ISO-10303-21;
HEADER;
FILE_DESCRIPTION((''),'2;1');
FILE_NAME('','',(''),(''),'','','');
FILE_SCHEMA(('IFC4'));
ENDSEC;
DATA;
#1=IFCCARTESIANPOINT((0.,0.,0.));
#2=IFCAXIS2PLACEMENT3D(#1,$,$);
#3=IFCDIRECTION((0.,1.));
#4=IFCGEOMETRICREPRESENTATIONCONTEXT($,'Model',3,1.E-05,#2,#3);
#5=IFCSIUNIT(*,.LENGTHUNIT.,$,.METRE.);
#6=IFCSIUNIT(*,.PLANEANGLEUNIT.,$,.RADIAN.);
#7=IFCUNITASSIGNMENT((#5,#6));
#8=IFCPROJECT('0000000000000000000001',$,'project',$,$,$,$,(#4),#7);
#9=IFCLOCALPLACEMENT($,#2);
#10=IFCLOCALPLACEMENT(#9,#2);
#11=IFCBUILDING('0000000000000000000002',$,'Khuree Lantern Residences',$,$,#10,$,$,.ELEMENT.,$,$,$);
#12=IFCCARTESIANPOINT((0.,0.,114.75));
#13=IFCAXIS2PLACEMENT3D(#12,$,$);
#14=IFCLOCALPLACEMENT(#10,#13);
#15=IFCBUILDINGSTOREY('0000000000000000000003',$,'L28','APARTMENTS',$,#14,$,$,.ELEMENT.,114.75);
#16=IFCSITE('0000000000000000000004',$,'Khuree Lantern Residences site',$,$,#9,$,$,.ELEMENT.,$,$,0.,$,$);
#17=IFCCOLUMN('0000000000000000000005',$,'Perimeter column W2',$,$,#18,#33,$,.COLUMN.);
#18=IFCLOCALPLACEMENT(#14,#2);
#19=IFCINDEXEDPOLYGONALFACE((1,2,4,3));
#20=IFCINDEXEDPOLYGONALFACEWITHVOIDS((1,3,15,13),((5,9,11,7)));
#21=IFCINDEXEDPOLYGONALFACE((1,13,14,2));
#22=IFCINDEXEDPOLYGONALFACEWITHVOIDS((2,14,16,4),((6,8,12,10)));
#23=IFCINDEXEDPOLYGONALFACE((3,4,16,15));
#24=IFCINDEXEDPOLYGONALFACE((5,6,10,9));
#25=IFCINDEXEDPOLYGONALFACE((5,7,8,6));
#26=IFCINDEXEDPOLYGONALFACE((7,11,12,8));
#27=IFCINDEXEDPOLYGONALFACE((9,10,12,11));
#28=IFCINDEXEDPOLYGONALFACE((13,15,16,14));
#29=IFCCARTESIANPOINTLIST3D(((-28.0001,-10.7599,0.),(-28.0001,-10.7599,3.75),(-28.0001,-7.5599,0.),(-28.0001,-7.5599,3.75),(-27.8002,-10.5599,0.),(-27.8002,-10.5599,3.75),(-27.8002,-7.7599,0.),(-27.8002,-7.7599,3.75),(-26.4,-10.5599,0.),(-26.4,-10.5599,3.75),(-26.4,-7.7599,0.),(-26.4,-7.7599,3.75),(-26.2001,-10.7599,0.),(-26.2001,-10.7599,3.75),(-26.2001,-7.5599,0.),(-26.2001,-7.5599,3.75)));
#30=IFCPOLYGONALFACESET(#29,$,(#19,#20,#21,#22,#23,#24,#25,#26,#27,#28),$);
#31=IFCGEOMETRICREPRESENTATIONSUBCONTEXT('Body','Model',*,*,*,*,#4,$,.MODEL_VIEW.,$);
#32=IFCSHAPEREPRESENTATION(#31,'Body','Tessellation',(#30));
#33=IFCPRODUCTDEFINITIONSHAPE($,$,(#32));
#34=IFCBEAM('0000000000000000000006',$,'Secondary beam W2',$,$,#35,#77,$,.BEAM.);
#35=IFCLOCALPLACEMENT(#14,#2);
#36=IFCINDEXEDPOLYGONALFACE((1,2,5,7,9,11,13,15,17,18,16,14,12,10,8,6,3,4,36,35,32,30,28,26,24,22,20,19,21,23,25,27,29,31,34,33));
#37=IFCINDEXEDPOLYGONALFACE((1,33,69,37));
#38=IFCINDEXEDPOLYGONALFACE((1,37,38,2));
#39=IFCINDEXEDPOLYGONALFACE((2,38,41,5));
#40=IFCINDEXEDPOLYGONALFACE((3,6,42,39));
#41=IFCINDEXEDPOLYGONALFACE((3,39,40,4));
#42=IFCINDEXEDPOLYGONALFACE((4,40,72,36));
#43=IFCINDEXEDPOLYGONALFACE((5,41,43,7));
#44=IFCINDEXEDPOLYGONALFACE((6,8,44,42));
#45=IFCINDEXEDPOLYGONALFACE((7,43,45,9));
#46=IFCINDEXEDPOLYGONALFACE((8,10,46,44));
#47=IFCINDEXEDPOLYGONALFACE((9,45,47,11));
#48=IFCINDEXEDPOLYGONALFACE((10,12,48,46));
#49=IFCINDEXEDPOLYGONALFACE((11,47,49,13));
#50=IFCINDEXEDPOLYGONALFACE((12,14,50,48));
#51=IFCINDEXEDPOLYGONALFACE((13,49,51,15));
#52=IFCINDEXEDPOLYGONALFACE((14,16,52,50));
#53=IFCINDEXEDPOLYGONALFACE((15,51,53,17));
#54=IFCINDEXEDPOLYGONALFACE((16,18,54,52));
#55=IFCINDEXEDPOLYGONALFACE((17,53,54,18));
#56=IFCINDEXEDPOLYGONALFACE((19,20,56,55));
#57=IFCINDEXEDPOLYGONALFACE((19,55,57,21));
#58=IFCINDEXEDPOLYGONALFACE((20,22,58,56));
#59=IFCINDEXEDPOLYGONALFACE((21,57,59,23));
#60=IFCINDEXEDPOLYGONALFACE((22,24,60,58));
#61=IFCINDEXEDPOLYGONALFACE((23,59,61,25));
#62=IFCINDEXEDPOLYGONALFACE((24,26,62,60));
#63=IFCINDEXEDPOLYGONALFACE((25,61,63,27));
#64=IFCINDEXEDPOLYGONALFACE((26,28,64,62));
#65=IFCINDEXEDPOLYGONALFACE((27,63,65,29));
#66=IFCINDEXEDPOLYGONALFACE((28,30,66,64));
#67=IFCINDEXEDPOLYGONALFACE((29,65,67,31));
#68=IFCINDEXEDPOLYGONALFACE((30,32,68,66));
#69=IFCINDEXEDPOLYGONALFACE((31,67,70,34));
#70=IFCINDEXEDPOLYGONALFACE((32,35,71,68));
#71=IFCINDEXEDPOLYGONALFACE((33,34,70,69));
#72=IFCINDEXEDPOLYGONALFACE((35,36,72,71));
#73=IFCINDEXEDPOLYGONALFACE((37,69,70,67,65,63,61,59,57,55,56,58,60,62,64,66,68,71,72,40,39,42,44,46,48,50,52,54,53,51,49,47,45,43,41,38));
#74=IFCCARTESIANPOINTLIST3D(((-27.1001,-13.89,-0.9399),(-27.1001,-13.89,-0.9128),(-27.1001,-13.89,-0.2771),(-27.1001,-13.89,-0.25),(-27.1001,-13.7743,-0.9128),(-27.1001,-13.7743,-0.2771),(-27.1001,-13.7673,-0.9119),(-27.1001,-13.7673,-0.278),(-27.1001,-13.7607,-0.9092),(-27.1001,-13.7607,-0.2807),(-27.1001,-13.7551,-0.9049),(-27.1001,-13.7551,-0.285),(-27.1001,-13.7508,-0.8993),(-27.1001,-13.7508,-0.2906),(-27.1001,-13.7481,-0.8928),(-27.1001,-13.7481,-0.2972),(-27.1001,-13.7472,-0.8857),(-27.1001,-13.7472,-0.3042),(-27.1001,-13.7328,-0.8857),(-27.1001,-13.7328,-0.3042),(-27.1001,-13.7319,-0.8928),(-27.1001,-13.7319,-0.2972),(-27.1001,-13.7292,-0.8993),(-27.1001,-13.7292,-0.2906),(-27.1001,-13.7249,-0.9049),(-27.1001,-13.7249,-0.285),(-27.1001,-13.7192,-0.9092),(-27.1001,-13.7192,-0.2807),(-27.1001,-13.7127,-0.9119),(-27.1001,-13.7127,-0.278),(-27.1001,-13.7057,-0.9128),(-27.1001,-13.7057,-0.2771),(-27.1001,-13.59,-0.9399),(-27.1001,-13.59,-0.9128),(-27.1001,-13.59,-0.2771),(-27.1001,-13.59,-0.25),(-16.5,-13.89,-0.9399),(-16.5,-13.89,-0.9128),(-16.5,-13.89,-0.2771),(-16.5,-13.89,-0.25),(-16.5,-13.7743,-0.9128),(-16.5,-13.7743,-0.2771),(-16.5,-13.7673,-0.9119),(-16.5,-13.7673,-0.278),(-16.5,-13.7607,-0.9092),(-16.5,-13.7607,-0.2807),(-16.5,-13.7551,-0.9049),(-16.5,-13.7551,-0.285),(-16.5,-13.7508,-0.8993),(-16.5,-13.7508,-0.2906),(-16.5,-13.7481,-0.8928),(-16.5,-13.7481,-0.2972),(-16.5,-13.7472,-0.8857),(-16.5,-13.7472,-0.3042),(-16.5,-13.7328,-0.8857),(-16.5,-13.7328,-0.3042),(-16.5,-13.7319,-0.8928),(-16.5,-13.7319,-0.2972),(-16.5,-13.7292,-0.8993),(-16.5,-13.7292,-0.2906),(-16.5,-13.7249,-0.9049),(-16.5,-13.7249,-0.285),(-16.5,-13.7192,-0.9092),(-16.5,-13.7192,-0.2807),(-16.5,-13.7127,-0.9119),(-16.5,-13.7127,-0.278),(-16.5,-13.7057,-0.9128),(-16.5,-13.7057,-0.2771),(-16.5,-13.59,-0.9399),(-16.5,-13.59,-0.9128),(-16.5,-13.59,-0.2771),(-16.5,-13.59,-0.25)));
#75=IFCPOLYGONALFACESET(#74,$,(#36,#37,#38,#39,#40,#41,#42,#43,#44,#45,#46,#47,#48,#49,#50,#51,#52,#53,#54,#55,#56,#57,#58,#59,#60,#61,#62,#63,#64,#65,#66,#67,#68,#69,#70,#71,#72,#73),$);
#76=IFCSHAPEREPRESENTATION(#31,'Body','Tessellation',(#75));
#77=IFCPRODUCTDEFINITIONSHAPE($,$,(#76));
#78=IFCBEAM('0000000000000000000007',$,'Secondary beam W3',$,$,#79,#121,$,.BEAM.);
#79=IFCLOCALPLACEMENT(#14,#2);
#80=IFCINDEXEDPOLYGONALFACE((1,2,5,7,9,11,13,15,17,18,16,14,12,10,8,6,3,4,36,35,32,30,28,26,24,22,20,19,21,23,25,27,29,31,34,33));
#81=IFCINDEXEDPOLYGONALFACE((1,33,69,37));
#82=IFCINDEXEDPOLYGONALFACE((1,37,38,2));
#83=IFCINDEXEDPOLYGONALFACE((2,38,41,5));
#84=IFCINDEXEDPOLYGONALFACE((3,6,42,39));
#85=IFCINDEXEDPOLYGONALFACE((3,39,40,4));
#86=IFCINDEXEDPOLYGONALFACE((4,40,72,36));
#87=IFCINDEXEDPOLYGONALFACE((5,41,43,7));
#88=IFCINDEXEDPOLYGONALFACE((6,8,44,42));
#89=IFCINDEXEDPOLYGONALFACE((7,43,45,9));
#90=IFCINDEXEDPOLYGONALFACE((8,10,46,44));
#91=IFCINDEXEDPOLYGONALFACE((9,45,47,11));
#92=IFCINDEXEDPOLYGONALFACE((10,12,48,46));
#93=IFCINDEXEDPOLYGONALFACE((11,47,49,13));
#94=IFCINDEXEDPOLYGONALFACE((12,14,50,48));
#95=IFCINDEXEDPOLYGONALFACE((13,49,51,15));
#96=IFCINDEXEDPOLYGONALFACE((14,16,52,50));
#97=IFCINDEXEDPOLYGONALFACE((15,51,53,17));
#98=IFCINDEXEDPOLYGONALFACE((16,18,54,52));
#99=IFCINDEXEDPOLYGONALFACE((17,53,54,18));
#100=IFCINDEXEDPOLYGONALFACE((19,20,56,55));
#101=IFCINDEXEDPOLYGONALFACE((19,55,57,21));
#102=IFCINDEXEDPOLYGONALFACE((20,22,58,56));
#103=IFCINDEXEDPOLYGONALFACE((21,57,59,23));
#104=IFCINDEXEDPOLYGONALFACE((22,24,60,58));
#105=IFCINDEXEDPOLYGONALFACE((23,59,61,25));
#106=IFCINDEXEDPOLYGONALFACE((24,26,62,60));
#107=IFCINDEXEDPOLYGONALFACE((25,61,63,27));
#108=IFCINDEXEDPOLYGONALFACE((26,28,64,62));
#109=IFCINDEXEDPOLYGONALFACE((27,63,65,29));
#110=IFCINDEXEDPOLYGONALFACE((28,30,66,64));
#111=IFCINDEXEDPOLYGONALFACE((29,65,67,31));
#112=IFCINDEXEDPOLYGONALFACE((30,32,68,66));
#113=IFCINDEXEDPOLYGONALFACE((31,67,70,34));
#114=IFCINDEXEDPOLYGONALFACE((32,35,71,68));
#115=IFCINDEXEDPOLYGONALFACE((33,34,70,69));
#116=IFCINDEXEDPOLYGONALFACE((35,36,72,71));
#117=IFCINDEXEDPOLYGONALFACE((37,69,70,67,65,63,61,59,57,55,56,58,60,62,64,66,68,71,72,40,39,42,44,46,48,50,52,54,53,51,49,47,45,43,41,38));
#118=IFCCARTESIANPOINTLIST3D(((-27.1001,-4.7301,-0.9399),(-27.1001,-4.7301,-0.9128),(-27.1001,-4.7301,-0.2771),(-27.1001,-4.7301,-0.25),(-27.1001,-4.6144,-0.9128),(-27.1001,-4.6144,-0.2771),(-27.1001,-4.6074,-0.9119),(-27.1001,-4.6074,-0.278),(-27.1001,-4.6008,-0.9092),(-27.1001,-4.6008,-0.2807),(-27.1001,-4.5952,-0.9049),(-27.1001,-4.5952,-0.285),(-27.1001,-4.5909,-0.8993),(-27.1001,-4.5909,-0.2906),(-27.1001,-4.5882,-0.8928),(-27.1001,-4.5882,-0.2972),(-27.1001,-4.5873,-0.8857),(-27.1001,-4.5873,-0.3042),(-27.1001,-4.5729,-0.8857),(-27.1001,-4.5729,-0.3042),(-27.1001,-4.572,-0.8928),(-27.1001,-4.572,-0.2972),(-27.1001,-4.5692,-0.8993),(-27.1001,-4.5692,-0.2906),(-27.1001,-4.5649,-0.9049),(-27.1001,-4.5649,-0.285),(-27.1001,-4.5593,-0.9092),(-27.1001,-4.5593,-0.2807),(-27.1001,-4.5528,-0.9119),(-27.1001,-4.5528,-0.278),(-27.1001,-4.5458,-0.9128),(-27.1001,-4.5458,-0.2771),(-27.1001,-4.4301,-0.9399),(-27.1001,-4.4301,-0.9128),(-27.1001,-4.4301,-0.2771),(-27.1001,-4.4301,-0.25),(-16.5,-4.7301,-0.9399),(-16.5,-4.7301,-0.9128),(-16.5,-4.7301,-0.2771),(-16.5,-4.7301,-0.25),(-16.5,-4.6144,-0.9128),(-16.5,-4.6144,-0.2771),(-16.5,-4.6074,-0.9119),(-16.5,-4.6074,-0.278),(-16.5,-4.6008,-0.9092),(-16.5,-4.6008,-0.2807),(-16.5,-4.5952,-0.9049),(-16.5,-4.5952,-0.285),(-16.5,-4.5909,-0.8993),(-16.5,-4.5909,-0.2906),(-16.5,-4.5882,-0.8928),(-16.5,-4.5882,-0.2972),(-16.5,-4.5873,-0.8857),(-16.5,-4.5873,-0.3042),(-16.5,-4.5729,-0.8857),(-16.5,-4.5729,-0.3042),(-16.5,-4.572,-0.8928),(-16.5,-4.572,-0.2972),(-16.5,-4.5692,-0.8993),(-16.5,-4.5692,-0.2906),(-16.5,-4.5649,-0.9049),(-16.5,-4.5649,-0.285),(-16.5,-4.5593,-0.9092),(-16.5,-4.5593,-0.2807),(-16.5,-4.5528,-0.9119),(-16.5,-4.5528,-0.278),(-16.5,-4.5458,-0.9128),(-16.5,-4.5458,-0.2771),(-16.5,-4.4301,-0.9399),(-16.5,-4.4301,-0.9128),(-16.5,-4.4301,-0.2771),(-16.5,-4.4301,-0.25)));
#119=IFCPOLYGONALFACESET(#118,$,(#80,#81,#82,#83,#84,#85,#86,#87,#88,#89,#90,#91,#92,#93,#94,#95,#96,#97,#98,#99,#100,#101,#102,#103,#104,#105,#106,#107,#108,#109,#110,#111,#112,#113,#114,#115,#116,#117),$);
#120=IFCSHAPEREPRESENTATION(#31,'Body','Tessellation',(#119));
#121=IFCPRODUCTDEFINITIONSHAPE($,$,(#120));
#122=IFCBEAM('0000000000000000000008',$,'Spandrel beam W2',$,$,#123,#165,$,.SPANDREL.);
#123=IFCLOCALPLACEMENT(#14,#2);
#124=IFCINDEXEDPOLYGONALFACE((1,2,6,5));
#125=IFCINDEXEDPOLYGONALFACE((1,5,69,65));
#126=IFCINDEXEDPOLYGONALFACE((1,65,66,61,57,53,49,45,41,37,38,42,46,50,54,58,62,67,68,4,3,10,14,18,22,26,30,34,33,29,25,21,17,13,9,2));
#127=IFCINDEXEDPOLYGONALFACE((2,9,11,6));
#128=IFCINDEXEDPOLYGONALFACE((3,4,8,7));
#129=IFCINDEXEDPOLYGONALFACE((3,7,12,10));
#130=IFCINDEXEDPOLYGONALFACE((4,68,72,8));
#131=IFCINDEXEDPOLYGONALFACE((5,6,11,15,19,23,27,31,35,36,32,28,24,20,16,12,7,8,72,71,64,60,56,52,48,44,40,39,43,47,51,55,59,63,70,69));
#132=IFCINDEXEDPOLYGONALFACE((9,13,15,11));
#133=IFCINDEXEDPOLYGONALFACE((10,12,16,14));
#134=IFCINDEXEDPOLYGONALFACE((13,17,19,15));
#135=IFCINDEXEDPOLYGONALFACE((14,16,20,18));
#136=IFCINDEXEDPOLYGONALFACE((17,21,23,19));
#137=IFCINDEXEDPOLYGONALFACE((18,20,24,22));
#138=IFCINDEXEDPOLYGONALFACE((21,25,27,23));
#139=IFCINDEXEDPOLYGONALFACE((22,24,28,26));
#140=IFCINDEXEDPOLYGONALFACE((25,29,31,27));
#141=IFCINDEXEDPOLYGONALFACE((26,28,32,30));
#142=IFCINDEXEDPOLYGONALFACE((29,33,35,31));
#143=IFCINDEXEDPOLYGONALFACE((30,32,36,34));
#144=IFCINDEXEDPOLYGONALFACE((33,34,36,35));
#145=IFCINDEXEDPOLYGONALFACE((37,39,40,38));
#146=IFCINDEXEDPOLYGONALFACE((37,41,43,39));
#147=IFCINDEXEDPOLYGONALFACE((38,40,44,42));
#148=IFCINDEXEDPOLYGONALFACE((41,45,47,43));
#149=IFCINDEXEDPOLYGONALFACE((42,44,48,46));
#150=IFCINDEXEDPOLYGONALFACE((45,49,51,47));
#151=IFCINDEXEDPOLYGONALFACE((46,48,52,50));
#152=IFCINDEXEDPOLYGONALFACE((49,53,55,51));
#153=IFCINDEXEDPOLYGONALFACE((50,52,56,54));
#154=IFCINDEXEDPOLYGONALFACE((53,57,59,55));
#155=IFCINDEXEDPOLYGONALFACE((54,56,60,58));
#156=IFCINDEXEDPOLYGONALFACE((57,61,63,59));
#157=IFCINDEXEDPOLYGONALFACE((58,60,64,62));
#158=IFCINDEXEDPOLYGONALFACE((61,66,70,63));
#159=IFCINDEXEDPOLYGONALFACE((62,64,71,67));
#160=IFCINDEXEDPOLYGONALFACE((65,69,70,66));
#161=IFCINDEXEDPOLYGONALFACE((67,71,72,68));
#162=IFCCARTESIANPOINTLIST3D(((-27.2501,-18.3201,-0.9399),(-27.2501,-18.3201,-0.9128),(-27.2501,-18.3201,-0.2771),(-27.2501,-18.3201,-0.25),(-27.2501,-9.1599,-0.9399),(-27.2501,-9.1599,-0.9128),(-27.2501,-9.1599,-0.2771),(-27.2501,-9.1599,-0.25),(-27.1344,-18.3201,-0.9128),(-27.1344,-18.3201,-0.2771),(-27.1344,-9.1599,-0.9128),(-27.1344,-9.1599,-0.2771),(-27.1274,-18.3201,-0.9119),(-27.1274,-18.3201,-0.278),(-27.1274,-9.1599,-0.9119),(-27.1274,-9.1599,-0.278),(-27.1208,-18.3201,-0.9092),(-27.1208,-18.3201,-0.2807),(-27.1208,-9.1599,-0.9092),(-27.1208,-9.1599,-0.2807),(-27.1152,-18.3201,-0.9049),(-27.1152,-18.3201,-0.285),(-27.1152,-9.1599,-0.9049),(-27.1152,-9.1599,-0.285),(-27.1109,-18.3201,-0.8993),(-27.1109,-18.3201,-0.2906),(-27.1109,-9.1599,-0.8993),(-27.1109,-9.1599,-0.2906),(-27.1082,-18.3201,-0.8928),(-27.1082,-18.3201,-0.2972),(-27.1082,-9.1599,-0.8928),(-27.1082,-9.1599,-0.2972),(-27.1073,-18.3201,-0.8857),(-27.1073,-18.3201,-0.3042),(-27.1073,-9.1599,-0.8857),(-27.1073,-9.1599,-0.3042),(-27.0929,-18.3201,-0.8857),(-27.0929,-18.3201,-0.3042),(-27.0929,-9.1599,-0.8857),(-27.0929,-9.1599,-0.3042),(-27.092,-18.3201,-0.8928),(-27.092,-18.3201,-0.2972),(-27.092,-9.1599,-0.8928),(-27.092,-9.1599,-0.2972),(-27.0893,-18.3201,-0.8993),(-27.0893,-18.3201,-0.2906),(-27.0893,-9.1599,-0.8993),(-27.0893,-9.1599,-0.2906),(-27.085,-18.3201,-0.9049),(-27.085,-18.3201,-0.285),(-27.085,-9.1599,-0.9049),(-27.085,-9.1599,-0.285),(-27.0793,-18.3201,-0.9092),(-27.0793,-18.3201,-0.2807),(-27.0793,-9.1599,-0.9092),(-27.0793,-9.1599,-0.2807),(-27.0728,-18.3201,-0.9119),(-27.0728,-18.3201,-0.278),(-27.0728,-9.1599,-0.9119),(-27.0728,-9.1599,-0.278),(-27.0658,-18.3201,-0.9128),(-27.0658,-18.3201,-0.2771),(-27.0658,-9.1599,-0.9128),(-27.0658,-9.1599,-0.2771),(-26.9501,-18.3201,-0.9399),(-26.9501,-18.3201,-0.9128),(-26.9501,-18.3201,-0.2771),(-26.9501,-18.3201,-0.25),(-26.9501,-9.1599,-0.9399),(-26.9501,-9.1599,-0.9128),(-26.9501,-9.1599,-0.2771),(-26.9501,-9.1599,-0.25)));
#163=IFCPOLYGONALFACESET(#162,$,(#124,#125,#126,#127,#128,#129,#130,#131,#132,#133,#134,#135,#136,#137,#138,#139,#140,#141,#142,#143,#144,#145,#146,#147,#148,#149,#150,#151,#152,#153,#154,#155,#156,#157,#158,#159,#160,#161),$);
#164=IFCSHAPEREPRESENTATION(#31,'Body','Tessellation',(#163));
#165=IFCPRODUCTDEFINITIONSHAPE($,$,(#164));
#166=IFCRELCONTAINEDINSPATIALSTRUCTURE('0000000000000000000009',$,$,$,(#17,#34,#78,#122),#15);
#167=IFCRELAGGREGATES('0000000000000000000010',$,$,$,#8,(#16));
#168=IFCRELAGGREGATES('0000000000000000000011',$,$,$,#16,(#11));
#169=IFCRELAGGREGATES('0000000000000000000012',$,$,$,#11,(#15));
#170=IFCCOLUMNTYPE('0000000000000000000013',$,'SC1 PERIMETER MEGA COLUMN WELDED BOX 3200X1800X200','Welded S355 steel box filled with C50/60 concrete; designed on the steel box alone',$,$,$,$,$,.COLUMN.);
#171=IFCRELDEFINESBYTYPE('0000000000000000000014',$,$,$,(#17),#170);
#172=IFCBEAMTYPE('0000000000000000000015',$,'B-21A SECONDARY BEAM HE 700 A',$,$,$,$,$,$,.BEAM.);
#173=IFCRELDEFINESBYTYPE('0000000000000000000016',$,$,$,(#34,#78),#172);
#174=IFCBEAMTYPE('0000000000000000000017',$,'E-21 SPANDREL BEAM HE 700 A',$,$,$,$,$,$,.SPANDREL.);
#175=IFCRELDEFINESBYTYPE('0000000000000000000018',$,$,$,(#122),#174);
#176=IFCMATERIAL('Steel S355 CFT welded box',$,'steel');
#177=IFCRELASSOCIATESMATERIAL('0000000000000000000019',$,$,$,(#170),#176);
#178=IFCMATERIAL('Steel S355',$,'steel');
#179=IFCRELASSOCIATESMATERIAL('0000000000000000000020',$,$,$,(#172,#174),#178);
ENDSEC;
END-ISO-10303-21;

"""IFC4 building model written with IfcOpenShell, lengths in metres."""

from ifc_helpers import new_model, si_unit, direction, frame, origin, origin_2d, place, context, subcontext, project, spatial, hollow_rectangle, i_section, extrude, material, material_profile, profile_set, type_object, element, save


model = new_model("IFC4")

# Units and contexts
model_context = context("Model", 3, precision=1e-05, world=origin(), true_north=direction((0.0, 1.0)))
body_context = subcontext(model_context, "Body", "Model", "MODEL_VIEW")
ifc_project = project(units=[si_unit("LENGTHUNIT", "METRE"), si_unit("PLANEANGLEUNIT", "RADIAN")], contexts=[model_context])

# Site, building, storey
site_placement = place(None, origin())
site = spatial("IfcSite", under=ifc_project, at=site_placement, Name="Khuree Lantern Residences site", CompositionType="ELEMENT", RefElevation=0.0)
building_placement = place(site_placement, origin())
building = spatial("IfcBuilding", under=site, at=building_placement, Name="Khuree Lantern Residences", CompositionType="ELEMENT")
storey_placement = place(building_placement, frame((0.0, 0.0, 114.75)))
storey = spatial("IfcBuildingStorey", under=building, at=storey_placement, Name="L28", Description="APARTMENTS", CompositionType="ELEMENT", Elevation=114.75)

# Column
ifc_material_1 = material(Name="Steel S355 CFT welded box", Category="steel")
ifc_material_profile_1 = material_profile(ifc_material_1, hollow_rectangle(XDim=3.2, YDim=1.8, WallThickness=0.2, at=origin_2d()), Name="WELDED BOX 3200X1800X200")
ifc_profile_set_1 = profile_set([ifc_material_profile_1], Name="Steel S355 CFT welded box")
column_type = type_object("IfcColumnType", Name="SC1 PERIMETER MEGA COLUMN WELDED BOX 3200X1800X200", Description="Welded S355 steel box filled with C50/60 concrete; designed on the steel box alone", PredefinedType="COLUMN", material=ifc_profile_set_1)
column_placement = place(storey_placement, frame((-27.1001, -9.1599, 0.0), z_axis=(0.0, 0.0, 1.0), x_axis=(0.0, 1.0, 0.0)))
element("IfcColumn", 1, at=column_placement, inside=storey, type_object=column_type, Name="Perimeter column W2", PredefinedType="COLUMN", context=body_context, shape_type="SweptSolid", body=[
    extrude(hollow_rectangle(XDim=3.2, YDim=1.8, WallThickness=0.2, at=origin_2d()), origin(), (0.0, 0.0, 1.0), 3.75),
])

# Beams
ifc_material_2 = material(Name="Steel S355", Category="steel")
ifc_material_profile_2 = material_profile(ifc_material_2, i_section(OverallWidth=0.3, OverallDepth=0.6899, WebThickness=0.0144, FlangeThickness=0.0271, FilletRadius=0.0271, at=origin_2d()), Name="HE 700 A")
ifc_profile_set_2 = profile_set([ifc_material_profile_2], Name="Steel S355")
beam_type_1 = type_object("IfcBeamType", Name="B-21A SECONDARY BEAM HE 700 A", PredefinedType="BEAM", material=ifc_profile_set_2)
for number, where, z_axis, x_axis, name in (
    (2, (-27.1001, -13.74, -0.595), (1.0, 0.0, 0.0), (0.0, 1.0, 0.0), "Secondary beam W2"),
    (3, (-27.1001, -4.5801, -0.595), (1.0, 0.0, 0.0), (0.0, 1.0, 0.0), "Secondary beam W3"),
):
    element("IfcBeam", number, at=place(storey_placement, frame(where, z_axis=z_axis, x_axis=x_axis)), inside=storey, type_object=beam_type_1, Name=name, PredefinedType="BEAM", context=body_context, shape_type="SweptSolid", body=[
        extrude(i_section(OverallWidth=0.3, OverallDepth=0.6899, WebThickness=0.0144, FlangeThickness=0.0271, FilletRadius=0.0271, at=origin_2d()), origin(), (0.0, 0.0, 1.0), 10.6001),
    ])
ifc_material_profile_3 = material_profile(ifc_material_2, i_section(OverallWidth=0.3, OverallDepth=0.6899, WebThickness=0.0144, FlangeThickness=0.0271, FilletRadius=0.0271, at=origin_2d()), Name="HE 700 A")
ifc_profile_set_3 = profile_set([ifc_material_profile_3], Name="Steel S355")
beam_type_2 = type_object("IfcBeamType", Name="E-21 SPANDREL BEAM HE 700 A", PredefinedType="SPANDREL", material=ifc_profile_set_3)
beam_1_placement = place(storey_placement, frame((-27.1001, -18.3201, -0.595), z_axis=(0.0, 1.0, 0.0), x_axis=(-1.0, 0.0, 0.0)))
element("IfcBeam", 4, at=beam_1_placement, inside=storey, type_object=beam_type_2, Name="Spandrel beam W2", PredefinedType="SPANDREL", context=body_context, shape_type="SweptSolid", body=[
    extrude(i_section(OverallWidth=0.3, OverallDepth=0.6899, WebThickness=0.0144, FlangeThickness=0.0271, FilletRadius=0.0271, at=origin_2d()), origin(), (0.0, 0.0, 1.0), 9.1602),
])

save(model, "model.ifc")
